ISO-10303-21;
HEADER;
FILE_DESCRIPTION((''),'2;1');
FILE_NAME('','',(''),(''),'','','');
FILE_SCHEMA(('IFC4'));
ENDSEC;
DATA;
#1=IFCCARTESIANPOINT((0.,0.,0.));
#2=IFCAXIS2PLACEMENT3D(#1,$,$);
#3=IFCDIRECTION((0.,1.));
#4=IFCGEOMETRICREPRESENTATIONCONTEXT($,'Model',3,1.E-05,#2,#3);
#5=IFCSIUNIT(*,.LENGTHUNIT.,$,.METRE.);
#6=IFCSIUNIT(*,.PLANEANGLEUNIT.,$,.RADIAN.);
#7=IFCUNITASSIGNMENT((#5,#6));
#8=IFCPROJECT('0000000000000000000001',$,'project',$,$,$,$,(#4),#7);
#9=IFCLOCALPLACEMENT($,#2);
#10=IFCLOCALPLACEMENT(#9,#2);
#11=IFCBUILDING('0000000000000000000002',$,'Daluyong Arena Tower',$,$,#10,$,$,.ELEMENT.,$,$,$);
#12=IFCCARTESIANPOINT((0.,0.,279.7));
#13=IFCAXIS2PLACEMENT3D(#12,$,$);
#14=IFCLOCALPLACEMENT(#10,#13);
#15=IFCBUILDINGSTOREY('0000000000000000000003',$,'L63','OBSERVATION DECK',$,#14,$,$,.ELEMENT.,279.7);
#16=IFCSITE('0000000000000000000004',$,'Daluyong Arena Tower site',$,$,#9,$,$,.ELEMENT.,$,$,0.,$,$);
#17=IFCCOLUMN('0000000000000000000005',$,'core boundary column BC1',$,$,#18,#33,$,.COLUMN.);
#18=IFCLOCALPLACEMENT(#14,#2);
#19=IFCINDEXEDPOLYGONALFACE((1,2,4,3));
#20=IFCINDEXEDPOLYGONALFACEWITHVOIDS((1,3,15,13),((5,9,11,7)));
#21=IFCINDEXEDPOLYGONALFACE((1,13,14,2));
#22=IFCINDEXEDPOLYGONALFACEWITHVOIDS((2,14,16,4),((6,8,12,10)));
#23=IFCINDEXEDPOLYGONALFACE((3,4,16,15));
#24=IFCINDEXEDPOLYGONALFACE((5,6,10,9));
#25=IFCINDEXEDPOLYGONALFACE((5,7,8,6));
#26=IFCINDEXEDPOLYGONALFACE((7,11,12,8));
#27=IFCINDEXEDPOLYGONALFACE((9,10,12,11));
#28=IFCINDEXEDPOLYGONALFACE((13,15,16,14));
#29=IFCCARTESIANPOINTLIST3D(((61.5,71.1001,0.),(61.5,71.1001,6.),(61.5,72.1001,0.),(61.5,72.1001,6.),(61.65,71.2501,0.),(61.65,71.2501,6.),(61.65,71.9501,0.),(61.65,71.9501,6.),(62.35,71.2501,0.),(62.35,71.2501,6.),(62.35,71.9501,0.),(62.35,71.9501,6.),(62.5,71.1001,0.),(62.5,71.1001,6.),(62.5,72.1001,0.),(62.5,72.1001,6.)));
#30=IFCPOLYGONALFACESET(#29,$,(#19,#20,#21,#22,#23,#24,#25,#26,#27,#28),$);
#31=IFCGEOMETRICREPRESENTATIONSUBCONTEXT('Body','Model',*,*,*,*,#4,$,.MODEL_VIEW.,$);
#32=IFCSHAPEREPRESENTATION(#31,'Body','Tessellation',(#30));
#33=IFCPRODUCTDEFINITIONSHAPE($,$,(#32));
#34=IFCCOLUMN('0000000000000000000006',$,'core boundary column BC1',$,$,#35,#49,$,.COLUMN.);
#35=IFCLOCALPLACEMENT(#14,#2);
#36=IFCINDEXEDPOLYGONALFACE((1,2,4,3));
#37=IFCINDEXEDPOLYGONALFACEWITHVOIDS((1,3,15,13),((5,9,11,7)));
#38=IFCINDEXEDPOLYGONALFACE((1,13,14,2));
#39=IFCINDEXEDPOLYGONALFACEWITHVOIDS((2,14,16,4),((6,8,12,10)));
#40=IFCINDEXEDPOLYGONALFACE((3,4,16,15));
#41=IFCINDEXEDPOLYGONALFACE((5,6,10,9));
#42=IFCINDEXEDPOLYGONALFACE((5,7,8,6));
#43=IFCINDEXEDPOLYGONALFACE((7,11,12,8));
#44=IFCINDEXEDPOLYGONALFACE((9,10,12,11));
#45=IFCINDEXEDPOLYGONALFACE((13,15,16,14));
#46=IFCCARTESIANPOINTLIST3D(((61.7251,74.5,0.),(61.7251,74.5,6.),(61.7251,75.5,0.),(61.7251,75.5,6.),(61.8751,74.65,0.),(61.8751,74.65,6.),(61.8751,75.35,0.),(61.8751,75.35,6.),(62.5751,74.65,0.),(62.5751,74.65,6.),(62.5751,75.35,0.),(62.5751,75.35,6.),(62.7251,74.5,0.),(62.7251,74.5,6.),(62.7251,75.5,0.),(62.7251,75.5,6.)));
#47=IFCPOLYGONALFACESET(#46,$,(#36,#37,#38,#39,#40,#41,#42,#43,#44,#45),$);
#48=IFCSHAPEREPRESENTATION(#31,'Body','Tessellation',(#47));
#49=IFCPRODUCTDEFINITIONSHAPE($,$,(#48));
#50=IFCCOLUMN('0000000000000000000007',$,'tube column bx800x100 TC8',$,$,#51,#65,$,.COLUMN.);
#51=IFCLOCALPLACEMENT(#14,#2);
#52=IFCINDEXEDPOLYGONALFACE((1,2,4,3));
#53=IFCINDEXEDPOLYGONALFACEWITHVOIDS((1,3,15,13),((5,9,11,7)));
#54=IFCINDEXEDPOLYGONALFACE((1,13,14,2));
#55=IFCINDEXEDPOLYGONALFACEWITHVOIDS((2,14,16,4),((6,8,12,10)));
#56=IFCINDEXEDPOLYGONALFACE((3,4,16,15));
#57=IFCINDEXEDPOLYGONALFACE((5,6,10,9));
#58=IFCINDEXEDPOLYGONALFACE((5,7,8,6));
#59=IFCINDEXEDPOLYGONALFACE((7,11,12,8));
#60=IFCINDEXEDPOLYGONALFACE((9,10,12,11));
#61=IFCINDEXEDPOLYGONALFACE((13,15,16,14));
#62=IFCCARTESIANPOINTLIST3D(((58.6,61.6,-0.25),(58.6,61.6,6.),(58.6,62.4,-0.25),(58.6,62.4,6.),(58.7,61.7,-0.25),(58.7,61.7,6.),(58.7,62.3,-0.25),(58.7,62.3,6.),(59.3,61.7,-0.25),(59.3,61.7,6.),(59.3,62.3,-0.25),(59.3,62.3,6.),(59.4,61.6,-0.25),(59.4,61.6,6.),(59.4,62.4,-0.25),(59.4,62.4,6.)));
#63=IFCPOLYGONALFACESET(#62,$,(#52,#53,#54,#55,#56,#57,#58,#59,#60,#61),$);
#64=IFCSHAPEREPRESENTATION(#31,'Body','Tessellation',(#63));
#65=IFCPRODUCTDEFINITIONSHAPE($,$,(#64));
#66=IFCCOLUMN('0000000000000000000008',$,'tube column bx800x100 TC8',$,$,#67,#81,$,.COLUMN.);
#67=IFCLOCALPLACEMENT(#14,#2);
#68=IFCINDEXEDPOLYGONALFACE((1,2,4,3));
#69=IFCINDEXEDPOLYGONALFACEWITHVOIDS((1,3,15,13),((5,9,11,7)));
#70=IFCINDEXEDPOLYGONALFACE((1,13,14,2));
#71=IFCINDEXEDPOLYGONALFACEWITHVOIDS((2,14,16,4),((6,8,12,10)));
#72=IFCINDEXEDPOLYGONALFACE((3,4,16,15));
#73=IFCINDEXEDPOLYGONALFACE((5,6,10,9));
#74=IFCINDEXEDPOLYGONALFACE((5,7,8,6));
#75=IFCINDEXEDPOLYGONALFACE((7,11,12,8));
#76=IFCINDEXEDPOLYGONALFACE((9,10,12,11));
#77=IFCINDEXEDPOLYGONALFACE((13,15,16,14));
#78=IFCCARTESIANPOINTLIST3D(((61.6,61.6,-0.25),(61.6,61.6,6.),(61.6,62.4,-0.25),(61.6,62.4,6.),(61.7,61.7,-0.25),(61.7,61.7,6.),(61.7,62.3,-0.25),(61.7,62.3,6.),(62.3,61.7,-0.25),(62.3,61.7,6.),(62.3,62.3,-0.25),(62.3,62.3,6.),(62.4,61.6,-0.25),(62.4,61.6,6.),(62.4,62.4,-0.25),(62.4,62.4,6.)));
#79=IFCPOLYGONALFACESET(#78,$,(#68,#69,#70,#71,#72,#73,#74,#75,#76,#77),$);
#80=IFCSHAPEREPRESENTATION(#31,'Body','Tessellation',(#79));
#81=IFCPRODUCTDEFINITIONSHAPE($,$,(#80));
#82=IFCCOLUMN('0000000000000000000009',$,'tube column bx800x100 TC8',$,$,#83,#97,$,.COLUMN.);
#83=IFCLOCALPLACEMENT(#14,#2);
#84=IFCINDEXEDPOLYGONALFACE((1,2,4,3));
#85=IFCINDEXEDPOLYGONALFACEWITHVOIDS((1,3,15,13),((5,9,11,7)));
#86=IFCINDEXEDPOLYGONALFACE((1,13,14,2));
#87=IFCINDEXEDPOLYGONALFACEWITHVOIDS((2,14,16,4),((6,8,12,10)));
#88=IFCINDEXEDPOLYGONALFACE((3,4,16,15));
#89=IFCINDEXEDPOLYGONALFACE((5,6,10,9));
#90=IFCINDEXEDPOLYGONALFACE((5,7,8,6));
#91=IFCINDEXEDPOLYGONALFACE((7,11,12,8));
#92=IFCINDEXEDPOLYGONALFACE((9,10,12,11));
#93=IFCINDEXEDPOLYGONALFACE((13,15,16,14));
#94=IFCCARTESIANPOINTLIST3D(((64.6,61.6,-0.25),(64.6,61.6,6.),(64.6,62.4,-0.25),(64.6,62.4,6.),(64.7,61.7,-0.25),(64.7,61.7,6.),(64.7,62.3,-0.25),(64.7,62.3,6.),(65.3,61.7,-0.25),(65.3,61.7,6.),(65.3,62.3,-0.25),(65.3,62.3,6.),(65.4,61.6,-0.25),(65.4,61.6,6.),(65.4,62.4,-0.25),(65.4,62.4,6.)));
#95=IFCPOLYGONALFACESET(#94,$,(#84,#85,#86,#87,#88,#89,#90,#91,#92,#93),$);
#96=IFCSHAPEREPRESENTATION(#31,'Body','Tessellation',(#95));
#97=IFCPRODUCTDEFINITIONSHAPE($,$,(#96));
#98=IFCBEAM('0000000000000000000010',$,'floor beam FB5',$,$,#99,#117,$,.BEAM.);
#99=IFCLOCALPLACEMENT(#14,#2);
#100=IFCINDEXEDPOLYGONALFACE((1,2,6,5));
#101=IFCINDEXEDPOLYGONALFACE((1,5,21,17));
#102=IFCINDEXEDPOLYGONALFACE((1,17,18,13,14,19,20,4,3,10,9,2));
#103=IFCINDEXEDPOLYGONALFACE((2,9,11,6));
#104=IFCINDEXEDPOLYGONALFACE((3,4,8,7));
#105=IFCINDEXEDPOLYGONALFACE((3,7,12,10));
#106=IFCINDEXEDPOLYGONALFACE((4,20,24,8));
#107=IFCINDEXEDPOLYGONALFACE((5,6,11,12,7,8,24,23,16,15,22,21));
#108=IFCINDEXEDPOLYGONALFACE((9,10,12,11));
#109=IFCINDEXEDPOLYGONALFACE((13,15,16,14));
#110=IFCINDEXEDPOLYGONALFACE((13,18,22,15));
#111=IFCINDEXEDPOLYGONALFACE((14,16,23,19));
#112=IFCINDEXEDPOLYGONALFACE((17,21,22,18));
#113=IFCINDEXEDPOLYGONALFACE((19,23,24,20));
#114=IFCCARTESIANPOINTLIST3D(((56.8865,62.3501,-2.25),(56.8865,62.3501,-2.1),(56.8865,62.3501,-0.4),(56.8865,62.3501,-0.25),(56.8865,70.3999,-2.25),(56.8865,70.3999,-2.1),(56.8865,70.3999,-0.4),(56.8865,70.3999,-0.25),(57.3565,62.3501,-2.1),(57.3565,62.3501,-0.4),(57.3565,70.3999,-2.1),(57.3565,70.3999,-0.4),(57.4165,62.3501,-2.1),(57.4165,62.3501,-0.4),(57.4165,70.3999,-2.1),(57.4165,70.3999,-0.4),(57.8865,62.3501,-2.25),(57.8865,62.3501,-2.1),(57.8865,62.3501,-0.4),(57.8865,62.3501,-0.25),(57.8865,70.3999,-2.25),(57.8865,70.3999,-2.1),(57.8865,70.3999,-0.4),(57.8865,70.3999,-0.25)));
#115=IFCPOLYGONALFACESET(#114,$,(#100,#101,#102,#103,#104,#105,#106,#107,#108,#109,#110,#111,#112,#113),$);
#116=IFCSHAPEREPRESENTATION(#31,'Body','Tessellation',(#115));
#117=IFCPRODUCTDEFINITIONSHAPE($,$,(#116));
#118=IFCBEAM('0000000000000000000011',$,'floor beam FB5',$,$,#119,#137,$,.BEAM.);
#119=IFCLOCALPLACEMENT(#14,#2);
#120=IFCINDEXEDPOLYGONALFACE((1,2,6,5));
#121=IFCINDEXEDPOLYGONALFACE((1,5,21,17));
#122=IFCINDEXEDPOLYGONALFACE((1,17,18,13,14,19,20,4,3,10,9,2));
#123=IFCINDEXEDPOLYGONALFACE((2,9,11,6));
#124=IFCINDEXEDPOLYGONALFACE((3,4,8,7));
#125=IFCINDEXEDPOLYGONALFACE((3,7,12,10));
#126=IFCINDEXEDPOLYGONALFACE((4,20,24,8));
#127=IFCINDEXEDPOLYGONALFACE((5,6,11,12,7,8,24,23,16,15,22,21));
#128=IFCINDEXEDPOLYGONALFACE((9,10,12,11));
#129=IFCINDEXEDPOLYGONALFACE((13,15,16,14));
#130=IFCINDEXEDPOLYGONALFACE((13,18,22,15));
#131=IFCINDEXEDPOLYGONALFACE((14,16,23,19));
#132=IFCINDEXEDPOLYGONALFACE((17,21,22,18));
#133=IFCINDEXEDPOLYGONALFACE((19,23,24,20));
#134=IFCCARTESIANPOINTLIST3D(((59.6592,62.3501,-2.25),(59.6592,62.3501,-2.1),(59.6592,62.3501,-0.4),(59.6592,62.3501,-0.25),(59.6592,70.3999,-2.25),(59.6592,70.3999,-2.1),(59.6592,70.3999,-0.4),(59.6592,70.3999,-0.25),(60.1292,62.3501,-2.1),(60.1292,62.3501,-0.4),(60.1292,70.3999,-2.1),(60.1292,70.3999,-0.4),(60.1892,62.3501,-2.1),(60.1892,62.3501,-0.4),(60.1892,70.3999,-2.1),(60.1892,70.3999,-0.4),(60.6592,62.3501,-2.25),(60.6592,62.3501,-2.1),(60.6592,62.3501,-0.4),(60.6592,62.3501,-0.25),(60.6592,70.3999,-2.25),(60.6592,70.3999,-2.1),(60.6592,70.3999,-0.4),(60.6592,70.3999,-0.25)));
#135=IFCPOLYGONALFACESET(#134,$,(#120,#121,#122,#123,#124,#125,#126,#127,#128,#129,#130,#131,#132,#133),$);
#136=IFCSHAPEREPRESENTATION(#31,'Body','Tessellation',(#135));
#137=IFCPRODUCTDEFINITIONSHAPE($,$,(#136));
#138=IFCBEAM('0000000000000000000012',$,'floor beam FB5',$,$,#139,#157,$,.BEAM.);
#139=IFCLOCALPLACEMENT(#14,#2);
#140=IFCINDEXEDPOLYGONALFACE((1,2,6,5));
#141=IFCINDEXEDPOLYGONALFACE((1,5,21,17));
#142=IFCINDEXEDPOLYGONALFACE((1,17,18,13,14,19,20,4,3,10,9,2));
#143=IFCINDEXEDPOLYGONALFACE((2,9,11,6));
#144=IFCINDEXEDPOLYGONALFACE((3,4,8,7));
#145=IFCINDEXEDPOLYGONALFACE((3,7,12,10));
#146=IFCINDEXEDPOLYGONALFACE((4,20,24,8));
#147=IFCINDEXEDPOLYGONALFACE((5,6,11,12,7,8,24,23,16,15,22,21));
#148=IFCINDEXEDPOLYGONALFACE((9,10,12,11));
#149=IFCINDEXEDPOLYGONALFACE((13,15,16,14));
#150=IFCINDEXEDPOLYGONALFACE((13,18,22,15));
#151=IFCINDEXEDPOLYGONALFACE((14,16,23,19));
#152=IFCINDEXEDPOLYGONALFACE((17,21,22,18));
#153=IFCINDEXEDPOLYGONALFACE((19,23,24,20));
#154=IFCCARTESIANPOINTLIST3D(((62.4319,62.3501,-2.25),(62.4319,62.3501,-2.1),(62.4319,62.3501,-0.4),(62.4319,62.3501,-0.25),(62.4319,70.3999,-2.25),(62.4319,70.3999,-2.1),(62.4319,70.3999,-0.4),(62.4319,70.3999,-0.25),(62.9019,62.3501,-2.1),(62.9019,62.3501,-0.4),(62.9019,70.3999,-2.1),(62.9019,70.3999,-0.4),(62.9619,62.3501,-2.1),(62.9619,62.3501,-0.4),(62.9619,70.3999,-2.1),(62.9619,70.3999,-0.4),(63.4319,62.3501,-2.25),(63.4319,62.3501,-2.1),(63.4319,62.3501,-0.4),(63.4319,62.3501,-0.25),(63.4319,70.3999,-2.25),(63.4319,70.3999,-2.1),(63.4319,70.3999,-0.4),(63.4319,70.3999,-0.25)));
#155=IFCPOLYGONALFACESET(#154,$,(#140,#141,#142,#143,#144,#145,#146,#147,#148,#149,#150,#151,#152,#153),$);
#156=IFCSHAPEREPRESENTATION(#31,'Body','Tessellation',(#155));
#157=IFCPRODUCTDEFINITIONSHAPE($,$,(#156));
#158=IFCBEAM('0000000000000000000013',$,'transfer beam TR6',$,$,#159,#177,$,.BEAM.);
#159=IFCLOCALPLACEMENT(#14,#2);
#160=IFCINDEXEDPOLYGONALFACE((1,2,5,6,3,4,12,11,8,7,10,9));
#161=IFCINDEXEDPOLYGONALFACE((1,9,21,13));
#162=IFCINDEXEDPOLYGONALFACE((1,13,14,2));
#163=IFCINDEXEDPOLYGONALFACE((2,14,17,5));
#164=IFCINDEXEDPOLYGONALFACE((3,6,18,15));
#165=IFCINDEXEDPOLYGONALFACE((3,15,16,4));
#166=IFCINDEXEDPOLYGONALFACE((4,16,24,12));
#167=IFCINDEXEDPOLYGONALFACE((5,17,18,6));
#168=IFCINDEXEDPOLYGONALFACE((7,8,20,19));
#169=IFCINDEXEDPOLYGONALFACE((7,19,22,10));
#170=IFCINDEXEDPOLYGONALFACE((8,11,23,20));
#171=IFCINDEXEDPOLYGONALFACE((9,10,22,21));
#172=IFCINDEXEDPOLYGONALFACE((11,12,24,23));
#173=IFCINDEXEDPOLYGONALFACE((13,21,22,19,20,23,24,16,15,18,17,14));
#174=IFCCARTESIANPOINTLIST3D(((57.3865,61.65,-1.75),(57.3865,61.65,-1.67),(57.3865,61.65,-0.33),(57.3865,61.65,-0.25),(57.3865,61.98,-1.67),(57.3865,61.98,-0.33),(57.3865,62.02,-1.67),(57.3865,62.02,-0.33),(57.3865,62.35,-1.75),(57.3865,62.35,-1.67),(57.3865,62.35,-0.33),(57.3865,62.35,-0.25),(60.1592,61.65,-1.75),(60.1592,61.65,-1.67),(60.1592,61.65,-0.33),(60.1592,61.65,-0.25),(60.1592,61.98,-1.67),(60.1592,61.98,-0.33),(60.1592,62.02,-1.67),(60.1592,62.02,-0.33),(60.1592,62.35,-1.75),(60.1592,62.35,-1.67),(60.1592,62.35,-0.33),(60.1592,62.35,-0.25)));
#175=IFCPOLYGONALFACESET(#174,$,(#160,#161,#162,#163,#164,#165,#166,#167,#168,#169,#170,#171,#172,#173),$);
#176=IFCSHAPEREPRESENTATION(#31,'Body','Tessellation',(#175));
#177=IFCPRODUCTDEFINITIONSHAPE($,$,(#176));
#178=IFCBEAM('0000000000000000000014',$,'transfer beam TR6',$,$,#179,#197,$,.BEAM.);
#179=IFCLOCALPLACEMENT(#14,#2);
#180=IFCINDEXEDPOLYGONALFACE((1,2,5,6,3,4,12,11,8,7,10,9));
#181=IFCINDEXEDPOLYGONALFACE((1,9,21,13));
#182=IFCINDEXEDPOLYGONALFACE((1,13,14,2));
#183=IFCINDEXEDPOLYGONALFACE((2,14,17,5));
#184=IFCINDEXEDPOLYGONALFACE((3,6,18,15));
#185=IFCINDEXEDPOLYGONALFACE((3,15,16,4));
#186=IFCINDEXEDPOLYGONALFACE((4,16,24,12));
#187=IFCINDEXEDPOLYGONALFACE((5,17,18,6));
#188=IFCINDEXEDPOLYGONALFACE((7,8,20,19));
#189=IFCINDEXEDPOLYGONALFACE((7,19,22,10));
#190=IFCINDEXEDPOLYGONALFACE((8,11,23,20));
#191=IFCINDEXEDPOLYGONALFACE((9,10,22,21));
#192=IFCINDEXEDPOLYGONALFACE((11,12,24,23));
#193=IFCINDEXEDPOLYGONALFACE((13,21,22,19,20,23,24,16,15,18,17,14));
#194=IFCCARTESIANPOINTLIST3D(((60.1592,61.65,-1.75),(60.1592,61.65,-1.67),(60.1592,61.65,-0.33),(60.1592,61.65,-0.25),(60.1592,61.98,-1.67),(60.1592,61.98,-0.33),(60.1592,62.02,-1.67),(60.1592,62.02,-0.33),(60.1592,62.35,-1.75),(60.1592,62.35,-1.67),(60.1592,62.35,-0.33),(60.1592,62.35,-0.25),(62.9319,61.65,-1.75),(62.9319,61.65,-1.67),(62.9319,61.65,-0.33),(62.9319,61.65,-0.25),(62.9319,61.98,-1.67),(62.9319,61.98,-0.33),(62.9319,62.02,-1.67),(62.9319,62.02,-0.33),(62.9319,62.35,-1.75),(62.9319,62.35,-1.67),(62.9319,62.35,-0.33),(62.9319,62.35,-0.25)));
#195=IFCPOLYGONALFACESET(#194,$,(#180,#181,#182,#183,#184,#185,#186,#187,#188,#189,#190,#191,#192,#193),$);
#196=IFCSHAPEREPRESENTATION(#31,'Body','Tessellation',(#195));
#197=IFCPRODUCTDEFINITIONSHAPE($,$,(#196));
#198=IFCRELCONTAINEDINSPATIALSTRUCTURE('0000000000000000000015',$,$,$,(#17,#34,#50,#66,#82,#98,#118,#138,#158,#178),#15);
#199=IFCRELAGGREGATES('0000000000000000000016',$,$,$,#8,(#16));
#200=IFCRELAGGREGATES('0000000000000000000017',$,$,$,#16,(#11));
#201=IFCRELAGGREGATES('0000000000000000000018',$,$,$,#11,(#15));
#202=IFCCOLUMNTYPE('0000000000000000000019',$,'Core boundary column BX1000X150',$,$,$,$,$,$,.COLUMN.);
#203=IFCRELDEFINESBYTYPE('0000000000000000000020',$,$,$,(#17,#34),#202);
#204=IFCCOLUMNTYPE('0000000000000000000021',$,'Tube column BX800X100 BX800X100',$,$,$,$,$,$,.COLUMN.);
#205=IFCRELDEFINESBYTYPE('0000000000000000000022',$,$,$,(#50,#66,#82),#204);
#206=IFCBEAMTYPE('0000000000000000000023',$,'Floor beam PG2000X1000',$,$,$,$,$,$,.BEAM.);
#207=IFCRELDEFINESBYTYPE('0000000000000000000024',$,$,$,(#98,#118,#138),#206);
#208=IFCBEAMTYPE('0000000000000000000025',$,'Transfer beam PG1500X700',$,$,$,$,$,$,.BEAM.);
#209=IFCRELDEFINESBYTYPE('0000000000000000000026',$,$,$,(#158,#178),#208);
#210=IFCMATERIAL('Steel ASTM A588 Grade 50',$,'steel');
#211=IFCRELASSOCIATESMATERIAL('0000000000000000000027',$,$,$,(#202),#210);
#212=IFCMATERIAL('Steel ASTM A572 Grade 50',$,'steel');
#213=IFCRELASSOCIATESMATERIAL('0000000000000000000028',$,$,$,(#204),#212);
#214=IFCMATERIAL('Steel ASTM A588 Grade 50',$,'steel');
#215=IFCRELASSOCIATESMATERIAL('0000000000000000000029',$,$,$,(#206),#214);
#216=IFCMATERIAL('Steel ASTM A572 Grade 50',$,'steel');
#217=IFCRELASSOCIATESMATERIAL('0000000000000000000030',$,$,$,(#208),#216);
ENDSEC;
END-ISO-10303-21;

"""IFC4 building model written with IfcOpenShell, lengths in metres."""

from ifc_helpers import new_model, si_unit, direction, frame, origin, origin_2d, place, context, subcontext, project, spatial, hollow_rectangle, i_section, extrude, material, material_profile, profile_set, type_object, element, save


model = new_model("IFC4")

# Units and contexts
model_context = context("Model", 3, precision=1e-05, world=origin(), true_north=direction((0.0, 1.0)))
body_context = subcontext(model_context, "Body", "Model", "MODEL_VIEW")
ifc_project = project(units=[si_unit("LENGTHUNIT", "METRE"), si_unit("PLANEANGLEUNIT", "RADIAN")], contexts=[model_context])

# Site, building, storey
site_placement = place(None, origin())
site = spatial("IfcSite", under=ifc_project, at=site_placement, Name="Daluyong Arena Tower site", CompositionType="ELEMENT", RefElevation=0.0)
building_placement = place(site_placement, origin())
building = spatial("IfcBuilding", under=site, at=building_placement, Name="Daluyong Arena Tower", CompositionType="ELEMENT")
storey_placement = place(building_placement, frame((0.0, 0.0, 279.7)))
storey = spatial("IfcBuildingStorey", under=building, at=storey_placement, Name="L63", Description="OBSERVATION DECK", CompositionType="ELEMENT", Elevation=279.7)

# Columns
ifc_material_1 = material(Name="Steel ASTM A588 Grade 50", Category="steel")
ifc_material_profile_1 = material_profile(ifc_material_1, hollow_rectangle(XDim=1.0, YDim=1.0, WallThickness=0.15, at=origin_2d()))
ifc_profile_set_1 = profile_set([ifc_material_profile_1], Name="Steel ASTM A588 Grade 50")
column_type_1 = type_object("IfcColumnType", Name="Core boundary column BX1000X150", PredefinedType="COLUMN", material=ifc_profile_set_1)
for number, where, z_axis, x_axis, name in (
    (1, (62.0, 71.6001, 0.0), (0.0, 0.0, 1.0), (1.0, 0.0, 0.0), "core boundary column BC1"),
    (2, (62.2251, 75.0, 0.0), (0.0, 0.0, 1.0), (1.0, 0.0, 0.0), "core boundary column BC1"),
):
    element("IfcColumn", number, at=place(storey_placement, frame(where, z_axis=z_axis, x_axis=x_axis)), inside=storey, type_object=column_type_1, Name=name, PredefinedType="COLUMN", context=body_context, shape_type="SweptSolid", body=[
        extrude(hollow_rectangle(XDim=1.0, YDim=1.0, WallThickness=0.15, at=origin_2d()), origin(), (0.0, 0.0, 1.0), 6.0),
    ])
ifc_material_2 = material(Name="Steel ASTM A572 Grade 50", Category="steel")
ifc_material_profile_2 = material_profile(ifc_material_2, hollow_rectangle(XDim=0.8, YDim=0.8, WallThickness=0.1, at=origin_2d()))
ifc_profile_set_2 = profile_set([ifc_material_profile_2], Name="Steel ASTM A572 Grade 50")
column_type_2 = type_object("IfcColumnType", Name="Tube column BX800X100 BX800X100", PredefinedType="COLUMN", material=ifc_profile_set_2)
for number, where, z_axis, x_axis, name in (
    (3, (59.0, 62.0, -0.25), (0.0, 0.0, 1.0), (1.0, 0.0, 0.0), "tube column bx800x100 TC8"),
    (4, (62.0, 62.0, -0.25), (0.0, 0.0, 1.0), (1.0, 0.0, 0.0), "tube column bx800x100 TC8"),
    (5, (65.0, 62.0, -0.25), (0.0, 0.0, 1.0), (1.0, 0.0, 0.0), "tube column bx800x100 TC8"),
):
    element("IfcColumn", number, at=place(storey_placement, frame(where, z_axis=z_axis, x_axis=x_axis)), inside=storey, type_object=column_type_2, Name=name, PredefinedType="COLUMN", context=body_context, shape_type="SweptSolid", body=[
        extrude(hollow_rectangle(XDim=0.8, YDim=0.8, WallThickness=0.1, at=origin_2d()), origin(), (0.0, 0.0, 1.0), 6.25),
    ])

# Beams
ifc_material_3 = material(Name="Steel ASTM A588 Grade 50", Category="steel")
ifc_material_profile_3 = material_profile(ifc_material_3, i_section(OverallWidth=1.0, OverallDepth=2.0, WebThickness=0.06, FlangeThickness=0.15, at=origin_2d()))
ifc_profile_set_3 = profile_set([ifc_material_profile_3], Name="Steel ASTM A588 Grade 50")
beam_type_1 = type_object("IfcBeamType", Name="Floor beam PG2000X1000", PredefinedType="BEAM", material=ifc_profile_set_3)
for number, where, z_axis, x_axis, name in (
    (6, (57.3865, 62.3501, -1.25), (0.0, 1.0, 0.0), (-1.0, 0.0, 0.0), "floor beam FB5"),
    (7, (60.1592, 62.3501, -1.25), (0.0, 1.0, 0.0), (-1.0, 0.0, 0.0), "floor beam FB5"),
    (8, (62.9319, 62.3501, -1.25), (0.0, 1.0, 0.0), (-1.0, 0.0, 0.0), "floor beam FB5"),
):
    element("IfcBeam", number, at=place(storey_placement, frame(where, z_axis=z_axis, x_axis=x_axis)), inside=storey, type_object=beam_type_1, Name=name, PredefinedType="BEAM", context=body_context, shape_type="SweptSolid", body=[
        extrude(i_section(OverallWidth=1.0, OverallDepth=2.0, WebThickness=0.06, FlangeThickness=0.15, at=origin_2d()), origin(), (0.0, 0.0, 1.0), 8.0498),
    ])
ifc_material_4 = material(Name="Steel ASTM A572 Grade 50", Category="steel")
ifc_material_profile_4 = material_profile(ifc_material_4, i_section(OverallWidth=0.7, OverallDepth=1.5, WebThickness=0.04, FlangeThickness=0.08, at=origin_2d()))
ifc_profile_set_4 = profile_set([ifc_material_profile_4], Name="Steel ASTM A572 Grade 50")
beam_type_2 = type_object("IfcBeamType", Name="Transfer beam PG1500X700", PredefinedType="BEAM", material=ifc_profile_set_4)
for number, where, z_axis, x_axis, name in (
    (9, (57.3865, 62.0, -1.0), (1.0, 0.0, 0.0), (0.0, 1.0, 0.0), "transfer beam TR6"),
    (10, (60.1592, 62.0, -1.0), (1.0, 0.0, 0.0), (0.0, 1.0, 0.0), "transfer beam TR6"),
):
    element("IfcBeam", number, at=place(storey_placement, frame(where, z_axis=z_axis, x_axis=x_axis)), inside=storey, type_object=beam_type_2, Name=name, PredefinedType="BEAM", context=body_context, shape_type="SweptSolid", body=[
        extrude(i_section(OverallWidth=0.7, OverallDepth=1.5, WebThickness=0.04, FlangeThickness=0.08, at=origin_2d()), origin(), (0.0, 0.0, 1.0), 2.7727),
    ])

save(model, "model.ifc")
